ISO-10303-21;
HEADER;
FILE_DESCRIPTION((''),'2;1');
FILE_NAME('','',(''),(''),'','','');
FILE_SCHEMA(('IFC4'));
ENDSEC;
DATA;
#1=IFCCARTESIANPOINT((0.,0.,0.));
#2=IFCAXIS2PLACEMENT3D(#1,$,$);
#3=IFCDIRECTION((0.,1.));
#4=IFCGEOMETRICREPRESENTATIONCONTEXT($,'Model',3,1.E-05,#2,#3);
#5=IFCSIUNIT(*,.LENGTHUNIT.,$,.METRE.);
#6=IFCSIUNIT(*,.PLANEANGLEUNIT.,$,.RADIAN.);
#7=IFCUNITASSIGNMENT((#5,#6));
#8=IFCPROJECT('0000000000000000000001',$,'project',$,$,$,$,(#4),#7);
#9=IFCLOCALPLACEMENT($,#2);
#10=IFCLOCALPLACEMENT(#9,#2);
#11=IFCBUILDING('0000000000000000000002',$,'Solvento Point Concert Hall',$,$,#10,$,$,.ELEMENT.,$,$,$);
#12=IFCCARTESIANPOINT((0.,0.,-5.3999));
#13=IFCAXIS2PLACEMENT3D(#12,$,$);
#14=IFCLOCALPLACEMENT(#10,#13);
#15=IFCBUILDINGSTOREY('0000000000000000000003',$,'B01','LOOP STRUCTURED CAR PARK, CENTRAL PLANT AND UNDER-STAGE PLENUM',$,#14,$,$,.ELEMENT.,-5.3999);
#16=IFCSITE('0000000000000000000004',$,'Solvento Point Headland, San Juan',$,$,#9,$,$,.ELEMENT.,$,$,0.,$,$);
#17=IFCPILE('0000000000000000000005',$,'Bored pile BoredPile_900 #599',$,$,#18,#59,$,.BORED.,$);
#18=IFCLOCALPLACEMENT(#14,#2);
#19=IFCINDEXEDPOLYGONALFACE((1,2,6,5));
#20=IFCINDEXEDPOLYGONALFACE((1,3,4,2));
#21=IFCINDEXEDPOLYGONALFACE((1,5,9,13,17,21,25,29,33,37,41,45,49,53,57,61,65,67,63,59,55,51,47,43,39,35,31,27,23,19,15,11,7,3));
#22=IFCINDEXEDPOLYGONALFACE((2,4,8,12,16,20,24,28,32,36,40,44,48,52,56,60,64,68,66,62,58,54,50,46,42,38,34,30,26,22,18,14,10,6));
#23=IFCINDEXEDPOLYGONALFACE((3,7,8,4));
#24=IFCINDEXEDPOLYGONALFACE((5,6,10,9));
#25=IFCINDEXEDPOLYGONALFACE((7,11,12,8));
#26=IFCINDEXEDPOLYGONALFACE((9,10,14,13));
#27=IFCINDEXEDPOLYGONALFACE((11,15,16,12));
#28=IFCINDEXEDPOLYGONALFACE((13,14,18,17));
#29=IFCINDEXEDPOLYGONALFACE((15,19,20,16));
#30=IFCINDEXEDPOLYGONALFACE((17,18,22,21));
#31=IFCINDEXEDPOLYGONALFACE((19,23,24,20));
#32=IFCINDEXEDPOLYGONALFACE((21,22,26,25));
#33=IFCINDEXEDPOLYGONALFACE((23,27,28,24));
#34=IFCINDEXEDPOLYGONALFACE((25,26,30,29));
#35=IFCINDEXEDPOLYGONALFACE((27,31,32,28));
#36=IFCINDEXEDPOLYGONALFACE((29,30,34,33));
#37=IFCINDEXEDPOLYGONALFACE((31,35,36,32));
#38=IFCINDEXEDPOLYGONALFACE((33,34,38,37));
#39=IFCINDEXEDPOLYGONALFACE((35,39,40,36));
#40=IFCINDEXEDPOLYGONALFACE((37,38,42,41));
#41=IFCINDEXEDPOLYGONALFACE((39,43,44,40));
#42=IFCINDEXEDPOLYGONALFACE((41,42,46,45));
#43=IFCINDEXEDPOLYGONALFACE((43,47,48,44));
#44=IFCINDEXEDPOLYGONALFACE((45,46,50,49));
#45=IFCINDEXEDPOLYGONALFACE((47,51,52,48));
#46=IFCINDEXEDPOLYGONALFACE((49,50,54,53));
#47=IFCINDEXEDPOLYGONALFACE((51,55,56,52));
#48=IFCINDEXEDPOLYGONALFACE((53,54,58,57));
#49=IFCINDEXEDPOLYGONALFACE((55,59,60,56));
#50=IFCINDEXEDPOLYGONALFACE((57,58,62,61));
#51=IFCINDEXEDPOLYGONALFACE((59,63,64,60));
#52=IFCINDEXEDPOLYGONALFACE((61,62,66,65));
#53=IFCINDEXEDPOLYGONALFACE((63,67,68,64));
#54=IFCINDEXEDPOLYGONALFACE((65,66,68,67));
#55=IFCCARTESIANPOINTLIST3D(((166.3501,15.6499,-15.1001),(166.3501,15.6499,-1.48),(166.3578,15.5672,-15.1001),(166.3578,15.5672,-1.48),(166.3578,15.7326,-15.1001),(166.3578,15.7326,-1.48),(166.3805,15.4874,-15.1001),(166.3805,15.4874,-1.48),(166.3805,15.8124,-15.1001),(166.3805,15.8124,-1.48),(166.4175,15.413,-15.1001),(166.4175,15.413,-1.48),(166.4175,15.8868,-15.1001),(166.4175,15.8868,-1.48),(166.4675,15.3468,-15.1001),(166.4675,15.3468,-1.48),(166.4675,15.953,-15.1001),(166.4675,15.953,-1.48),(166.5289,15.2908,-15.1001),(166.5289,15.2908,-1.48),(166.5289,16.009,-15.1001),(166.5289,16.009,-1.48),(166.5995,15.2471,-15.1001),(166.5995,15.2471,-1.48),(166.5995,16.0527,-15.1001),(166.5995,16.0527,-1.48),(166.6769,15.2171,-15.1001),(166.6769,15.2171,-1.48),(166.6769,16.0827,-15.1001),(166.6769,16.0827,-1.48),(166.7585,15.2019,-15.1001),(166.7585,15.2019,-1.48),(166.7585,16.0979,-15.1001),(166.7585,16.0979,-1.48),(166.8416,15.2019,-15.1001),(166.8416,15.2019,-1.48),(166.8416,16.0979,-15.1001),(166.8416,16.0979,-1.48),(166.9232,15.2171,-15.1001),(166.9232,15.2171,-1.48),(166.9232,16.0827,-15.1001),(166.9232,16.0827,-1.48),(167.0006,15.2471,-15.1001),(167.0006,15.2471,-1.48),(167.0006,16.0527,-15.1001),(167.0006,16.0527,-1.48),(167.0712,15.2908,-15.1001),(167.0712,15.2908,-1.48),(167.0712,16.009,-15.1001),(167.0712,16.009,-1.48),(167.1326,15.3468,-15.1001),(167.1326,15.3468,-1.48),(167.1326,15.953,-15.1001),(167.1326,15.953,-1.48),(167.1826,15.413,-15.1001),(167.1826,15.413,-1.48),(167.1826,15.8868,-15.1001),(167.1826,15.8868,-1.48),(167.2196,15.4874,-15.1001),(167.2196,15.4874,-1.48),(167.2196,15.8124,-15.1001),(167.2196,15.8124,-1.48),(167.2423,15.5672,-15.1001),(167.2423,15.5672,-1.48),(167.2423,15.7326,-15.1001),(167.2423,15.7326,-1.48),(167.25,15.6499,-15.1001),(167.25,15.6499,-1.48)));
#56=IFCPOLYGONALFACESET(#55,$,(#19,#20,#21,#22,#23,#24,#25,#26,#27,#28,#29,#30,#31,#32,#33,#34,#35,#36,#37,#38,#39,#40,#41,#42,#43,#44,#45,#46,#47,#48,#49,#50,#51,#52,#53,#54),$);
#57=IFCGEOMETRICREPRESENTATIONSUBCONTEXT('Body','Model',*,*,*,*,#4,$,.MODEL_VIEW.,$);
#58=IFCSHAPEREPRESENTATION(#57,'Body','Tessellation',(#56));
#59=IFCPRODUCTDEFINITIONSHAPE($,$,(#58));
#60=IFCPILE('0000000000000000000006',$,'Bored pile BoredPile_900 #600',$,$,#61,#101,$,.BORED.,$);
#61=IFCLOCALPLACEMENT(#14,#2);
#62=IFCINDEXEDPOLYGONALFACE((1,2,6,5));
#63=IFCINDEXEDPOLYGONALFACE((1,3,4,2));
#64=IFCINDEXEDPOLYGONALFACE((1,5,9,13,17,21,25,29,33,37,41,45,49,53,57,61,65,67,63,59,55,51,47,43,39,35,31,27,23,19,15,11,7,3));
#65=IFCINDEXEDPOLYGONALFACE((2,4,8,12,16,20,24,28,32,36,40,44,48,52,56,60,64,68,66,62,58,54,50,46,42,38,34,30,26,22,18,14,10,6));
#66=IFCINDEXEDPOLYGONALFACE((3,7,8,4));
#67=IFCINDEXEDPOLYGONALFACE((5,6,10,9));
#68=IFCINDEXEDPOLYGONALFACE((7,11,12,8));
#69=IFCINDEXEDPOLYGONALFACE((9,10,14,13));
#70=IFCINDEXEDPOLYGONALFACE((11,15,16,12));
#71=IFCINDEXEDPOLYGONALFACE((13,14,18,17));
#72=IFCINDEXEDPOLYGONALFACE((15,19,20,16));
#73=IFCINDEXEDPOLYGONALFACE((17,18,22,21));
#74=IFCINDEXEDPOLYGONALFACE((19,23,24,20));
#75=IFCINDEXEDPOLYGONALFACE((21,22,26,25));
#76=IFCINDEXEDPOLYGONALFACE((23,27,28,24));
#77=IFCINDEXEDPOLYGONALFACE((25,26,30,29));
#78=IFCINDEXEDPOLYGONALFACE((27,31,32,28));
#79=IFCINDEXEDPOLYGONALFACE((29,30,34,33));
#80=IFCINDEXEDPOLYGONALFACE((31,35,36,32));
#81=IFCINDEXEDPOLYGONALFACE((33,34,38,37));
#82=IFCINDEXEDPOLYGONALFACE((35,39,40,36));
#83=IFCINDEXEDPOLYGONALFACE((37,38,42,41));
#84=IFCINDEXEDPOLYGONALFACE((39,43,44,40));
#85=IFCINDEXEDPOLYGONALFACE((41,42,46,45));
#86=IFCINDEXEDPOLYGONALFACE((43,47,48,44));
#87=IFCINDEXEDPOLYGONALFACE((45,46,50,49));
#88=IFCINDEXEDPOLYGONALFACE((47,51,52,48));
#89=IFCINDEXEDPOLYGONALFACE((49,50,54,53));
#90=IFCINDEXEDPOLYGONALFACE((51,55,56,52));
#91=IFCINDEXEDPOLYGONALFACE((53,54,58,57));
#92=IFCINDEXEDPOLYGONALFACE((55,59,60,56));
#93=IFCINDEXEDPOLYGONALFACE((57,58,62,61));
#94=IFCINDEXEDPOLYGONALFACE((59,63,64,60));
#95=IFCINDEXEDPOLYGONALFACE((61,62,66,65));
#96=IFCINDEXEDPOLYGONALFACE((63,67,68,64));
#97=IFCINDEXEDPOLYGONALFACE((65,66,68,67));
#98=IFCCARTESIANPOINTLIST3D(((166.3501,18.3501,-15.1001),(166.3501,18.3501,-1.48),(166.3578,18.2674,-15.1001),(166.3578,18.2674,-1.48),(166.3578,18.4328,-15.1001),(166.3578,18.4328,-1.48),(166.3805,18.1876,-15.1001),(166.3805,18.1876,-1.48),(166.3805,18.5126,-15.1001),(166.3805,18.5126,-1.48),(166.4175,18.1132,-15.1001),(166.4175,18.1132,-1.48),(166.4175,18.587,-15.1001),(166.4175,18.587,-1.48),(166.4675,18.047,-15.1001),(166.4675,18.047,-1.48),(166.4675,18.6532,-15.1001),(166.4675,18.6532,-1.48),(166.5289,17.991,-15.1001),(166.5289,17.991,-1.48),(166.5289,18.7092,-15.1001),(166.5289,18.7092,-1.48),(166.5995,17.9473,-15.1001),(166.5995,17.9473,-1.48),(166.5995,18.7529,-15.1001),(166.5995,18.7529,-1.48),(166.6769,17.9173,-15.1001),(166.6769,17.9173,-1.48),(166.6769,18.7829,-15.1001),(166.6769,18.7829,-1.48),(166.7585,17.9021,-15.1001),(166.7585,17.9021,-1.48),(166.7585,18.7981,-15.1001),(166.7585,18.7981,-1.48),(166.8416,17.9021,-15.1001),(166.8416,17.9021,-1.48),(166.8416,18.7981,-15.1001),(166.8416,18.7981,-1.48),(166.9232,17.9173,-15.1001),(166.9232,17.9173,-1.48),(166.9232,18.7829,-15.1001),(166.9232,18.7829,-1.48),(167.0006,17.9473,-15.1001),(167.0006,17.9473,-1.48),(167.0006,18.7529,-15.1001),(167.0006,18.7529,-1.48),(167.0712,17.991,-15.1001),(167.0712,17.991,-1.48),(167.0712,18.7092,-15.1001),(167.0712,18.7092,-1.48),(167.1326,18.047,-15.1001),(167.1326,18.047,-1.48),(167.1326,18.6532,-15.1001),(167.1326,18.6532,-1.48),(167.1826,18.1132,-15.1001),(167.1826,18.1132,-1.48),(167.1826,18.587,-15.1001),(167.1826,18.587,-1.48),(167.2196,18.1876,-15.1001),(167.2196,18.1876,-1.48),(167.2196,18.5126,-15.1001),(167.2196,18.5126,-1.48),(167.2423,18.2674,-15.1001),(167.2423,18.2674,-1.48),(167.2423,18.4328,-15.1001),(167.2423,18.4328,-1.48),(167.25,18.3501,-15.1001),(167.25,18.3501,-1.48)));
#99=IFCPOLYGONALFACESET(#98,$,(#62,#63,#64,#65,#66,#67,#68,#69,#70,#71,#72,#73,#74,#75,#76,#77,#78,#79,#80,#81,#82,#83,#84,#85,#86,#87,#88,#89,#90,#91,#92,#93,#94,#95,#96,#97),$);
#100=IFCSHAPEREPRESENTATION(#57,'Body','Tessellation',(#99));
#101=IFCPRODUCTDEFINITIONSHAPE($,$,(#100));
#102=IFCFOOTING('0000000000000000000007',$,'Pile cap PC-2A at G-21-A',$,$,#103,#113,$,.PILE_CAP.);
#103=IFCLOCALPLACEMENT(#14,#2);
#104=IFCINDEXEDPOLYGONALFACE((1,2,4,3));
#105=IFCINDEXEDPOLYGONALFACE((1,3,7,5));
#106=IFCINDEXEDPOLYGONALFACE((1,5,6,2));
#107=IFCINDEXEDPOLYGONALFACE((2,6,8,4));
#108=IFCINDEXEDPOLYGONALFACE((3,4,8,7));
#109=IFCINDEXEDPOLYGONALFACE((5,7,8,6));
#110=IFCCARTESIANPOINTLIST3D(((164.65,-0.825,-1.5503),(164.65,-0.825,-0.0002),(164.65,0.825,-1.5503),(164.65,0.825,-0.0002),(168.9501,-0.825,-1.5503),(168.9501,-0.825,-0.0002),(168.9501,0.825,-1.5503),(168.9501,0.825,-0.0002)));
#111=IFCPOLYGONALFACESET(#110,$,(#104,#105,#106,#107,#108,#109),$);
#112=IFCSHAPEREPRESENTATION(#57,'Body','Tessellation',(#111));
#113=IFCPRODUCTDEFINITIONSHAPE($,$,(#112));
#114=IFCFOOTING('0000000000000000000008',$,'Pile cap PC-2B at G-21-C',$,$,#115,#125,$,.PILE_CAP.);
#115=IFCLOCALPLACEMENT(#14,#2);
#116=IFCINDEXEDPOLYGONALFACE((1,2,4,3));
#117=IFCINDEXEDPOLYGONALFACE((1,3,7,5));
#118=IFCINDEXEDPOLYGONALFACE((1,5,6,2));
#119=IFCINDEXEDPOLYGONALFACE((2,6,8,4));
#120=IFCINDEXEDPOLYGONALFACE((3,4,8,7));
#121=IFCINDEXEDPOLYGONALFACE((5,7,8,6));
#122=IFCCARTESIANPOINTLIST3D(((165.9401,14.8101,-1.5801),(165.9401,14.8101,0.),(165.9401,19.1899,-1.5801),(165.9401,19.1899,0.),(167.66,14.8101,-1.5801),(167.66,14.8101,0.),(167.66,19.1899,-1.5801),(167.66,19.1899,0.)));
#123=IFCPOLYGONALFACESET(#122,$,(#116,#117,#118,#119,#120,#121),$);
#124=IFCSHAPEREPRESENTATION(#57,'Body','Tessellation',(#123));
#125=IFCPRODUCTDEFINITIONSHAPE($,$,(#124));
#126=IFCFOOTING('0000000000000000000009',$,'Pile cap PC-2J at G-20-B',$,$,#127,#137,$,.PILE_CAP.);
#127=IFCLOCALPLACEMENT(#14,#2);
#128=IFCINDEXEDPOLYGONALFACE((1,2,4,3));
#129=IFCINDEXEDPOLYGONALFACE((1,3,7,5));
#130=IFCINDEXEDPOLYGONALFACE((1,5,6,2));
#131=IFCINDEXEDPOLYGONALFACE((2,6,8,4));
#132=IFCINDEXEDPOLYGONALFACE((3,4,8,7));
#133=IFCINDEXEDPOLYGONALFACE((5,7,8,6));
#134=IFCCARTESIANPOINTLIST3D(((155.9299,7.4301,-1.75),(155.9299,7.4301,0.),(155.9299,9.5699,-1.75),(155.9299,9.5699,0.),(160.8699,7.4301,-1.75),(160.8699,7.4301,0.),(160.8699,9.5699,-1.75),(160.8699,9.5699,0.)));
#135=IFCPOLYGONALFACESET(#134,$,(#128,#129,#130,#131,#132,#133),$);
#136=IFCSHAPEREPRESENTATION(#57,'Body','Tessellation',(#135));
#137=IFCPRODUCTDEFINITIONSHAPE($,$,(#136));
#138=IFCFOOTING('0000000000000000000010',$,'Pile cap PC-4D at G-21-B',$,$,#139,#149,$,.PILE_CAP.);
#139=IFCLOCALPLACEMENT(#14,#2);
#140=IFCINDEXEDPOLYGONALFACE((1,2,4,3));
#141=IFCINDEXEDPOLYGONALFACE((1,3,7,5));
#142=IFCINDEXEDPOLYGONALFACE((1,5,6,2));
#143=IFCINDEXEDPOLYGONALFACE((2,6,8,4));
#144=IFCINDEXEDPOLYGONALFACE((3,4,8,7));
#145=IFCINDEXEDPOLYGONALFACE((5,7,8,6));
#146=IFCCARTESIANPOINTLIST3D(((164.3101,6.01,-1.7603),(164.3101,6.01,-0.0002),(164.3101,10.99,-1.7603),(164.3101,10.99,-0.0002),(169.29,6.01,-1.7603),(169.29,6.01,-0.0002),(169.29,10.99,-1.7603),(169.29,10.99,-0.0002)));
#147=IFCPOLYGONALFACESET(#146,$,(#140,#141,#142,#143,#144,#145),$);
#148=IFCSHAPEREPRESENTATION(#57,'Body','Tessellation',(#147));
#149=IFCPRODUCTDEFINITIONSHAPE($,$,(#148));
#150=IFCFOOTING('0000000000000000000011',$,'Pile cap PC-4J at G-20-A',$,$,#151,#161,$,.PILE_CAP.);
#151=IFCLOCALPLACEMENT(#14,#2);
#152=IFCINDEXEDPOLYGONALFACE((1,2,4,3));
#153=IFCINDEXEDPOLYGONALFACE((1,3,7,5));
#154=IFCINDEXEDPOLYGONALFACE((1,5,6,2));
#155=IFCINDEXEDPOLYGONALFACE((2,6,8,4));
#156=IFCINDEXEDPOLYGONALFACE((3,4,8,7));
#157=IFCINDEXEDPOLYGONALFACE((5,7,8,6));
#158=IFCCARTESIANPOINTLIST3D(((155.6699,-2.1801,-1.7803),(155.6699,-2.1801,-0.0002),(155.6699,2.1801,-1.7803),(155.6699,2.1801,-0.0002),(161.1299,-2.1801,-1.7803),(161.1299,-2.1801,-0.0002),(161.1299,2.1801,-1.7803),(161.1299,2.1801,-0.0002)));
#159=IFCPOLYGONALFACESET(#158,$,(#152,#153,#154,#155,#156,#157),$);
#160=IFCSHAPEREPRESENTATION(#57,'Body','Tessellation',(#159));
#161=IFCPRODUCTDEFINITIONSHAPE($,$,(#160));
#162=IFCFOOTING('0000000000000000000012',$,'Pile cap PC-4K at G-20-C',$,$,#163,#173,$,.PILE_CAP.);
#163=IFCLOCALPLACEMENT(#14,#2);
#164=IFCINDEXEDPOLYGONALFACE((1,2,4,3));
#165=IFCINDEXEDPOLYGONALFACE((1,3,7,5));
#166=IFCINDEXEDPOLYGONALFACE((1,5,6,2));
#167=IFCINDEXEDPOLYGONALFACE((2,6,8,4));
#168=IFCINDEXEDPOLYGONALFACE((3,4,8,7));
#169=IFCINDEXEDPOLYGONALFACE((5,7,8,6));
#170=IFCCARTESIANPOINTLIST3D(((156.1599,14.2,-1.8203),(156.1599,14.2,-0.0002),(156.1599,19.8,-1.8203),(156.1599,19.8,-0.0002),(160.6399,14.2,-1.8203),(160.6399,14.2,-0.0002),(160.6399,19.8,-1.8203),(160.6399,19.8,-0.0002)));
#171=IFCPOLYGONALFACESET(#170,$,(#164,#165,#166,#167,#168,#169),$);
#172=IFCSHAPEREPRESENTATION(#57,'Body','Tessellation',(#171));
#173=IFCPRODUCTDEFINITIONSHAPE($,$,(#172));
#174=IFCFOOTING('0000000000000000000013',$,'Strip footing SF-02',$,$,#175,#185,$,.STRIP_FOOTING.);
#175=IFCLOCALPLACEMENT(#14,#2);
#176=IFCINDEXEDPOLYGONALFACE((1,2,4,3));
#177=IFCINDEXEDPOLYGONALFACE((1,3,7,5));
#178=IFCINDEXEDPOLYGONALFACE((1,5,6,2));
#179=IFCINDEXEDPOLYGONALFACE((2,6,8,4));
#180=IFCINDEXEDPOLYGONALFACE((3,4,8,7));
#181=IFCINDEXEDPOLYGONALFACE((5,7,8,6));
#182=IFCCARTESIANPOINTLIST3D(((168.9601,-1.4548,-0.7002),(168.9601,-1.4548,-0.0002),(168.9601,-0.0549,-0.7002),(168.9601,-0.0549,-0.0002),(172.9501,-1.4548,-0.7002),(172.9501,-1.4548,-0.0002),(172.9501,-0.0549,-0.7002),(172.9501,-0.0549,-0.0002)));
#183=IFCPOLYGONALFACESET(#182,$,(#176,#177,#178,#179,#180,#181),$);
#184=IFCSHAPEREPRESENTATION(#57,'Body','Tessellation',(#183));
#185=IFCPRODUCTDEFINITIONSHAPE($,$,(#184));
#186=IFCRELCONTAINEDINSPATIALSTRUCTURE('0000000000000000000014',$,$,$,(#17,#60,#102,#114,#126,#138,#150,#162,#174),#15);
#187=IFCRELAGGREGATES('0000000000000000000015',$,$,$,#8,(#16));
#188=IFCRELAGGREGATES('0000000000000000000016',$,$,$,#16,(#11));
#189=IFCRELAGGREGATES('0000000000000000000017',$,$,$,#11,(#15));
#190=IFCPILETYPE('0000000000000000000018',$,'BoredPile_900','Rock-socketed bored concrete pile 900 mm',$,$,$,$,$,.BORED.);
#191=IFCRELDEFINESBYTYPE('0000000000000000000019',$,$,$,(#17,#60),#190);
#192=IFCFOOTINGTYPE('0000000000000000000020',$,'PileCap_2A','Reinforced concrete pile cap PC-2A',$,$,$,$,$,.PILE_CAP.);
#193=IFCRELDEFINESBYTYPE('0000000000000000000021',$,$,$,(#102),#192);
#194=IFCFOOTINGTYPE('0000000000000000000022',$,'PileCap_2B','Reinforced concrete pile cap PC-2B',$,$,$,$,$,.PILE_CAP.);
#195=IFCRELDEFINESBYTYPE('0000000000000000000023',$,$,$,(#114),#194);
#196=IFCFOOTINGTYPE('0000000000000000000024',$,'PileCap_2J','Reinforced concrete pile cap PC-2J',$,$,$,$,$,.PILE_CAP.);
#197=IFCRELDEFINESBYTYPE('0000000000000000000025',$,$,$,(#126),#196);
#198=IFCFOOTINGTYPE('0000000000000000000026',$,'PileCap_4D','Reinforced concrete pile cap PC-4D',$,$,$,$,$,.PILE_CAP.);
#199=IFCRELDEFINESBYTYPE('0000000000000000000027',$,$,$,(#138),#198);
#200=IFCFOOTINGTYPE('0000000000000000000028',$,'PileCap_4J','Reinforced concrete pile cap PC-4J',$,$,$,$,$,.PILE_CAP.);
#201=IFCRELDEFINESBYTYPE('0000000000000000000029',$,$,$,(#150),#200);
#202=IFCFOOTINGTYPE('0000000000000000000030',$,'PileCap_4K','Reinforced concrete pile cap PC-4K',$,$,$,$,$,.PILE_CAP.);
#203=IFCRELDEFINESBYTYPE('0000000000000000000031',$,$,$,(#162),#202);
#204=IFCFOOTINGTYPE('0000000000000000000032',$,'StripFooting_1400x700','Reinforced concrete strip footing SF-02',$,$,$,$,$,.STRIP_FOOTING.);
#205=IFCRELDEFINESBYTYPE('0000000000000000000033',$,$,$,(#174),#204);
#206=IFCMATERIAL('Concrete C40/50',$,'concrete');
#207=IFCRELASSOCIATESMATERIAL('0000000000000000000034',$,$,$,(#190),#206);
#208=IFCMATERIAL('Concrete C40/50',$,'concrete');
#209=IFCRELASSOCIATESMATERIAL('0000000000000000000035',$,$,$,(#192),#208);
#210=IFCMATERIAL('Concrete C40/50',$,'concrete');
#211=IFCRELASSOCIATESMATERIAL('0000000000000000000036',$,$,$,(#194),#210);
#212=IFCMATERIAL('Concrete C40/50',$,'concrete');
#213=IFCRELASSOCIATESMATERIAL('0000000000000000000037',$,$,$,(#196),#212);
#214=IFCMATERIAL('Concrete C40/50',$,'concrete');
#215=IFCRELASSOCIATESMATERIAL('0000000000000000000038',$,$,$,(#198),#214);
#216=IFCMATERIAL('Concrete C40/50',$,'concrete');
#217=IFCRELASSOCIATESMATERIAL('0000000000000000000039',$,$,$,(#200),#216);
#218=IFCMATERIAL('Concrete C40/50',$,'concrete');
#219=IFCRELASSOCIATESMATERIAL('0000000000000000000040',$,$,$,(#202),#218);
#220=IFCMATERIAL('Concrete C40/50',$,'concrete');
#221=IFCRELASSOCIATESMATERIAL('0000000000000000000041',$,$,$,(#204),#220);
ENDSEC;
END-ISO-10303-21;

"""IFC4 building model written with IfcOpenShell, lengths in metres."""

from ifc_helpers import new_model, si_unit, direction, frame, origin, origin_2d, place, context, subcontext, project, spatial, rectangle, circle, extrude, material, material_profile, profile_set, type_object, element, save


model = new_model("IFC4")

# Units and contexts
model_context = context("Model", 3, precision=1e-05, world=origin(), true_north=direction((0.0, 1.0)))
body_context = subcontext(model_context, "Body", "Model", "MODEL_VIEW")
ifc_project = project(units=[si_unit("LENGTHUNIT", "METRE"), si_unit("PLANEANGLEUNIT", "RADIAN")], contexts=[model_context])

# Site, building, storey
site_placement = place(None, origin())
site = spatial("IfcSite", under=ifc_project, at=site_placement, Name="Solvento Point Headland, San Juan", CompositionType="ELEMENT", RefElevation=0.0)
building_placement = place(site_placement, origin())
building = spatial("IfcBuilding", under=site, at=building_placement, Name="Solvento Point Concert Hall", CompositionType="ELEMENT")
storey_placement = place(building_placement, frame((0.0, 0.0, -5.3999)))
storey = spatial("IfcBuildingStorey", under=building, at=storey_placement, Name="B01", Description="LOOP STRUCTURED CAR PARK, CENTRAL PLANT AND UNDER-STAGE PLENUM", CompositionType="ELEMENT", Elevation=-5.3999)

# Piles
ifc_material_1 = material(Name="Concrete C40/50", Category="concrete")
ifc_material_profile_1 = material_profile(ifc_material_1, circle(Radius=0.45, at=origin_2d()), Name="BP-900")
ifc_profile_set_1 = profile_set([ifc_material_profile_1], Name="Concrete C40/50")
pile_type_1 = type_object("IfcPileType", Name="BoredPile_900", Description="Rock-socketed bored concrete pile 900 mm", PredefinedType="BORED", material=ifc_profile_set_1)
for number, where, z_axis, x_axis, name in (
    (1, (166.8, 15.6499, -1.48), (0.0, 0.0, -1.0), (1.0, 0.0, 0.0), "Bored pile BoredPile_900 #599"),
    (2, (166.8, 18.3501, -1.48), (0.0, 0.0, -1.0), (1.0, 0.0, 0.0), "Bored pile BoredPile_900 #600"),
):
    element("IfcPile", number, at=place(storey_placement, frame(where, z_axis=z_axis, x_axis=x_axis)), inside=storey, type_object=pile_type_1, Name=name, PredefinedType="BORED", context=body_context, shape_type="SweptSolid", body=[
        extrude(circle(Radius=0.45, at=origin_2d()), origin(), (0.0, 0.0, 1.0), 13.6201),
    ])

# Footings
ifc_material_2 = material(Name="Concrete C40/50", Category="concrete")
footing_type_1 = type_object("IfcFootingType", Name="PileCap_2A", Description="Reinforced concrete pile cap PC-2A", PredefinedType="PILE_CAP", material=ifc_material_2)
footing_1_placement = place(storey_placement, frame((166.8, 0.0, -1.5503), z_axis=(0.0, 0.0, 1.0), x_axis=(1.0, 0.0, 0.0)))
element("IfcFooting", 3, at=footing_1_placement, inside=storey, type_object=footing_type_1, Name="Pile cap PC-2A at G-21-A", PredefinedType="PILE_CAP", context=body_context, shape_type="SweptSolid", body=[
    extrude(rectangle(XDim=4.3, YDim=1.6499, at=origin_2d()), origin(), (0.0, 0.0, 1.0), 1.55),
])
ifc_material_3 = material(Name="Concrete C40/50", Category="concrete")
footing_type_2 = type_object("IfcFootingType", Name="PileCap_2B", Description="Reinforced concrete pile cap PC-2B", PredefinedType="PILE_CAP", material=ifc_material_3)
footing_2_placement = place(storey_placement, frame((166.8, 17.0, -1.5801), z_axis=(0.0, 0.0, 1.0), x_axis=(1.0, 0.0, 0.0)))
element("IfcFooting", 4, at=footing_2_placement, inside=storey, type_object=footing_type_2, Name="Pile cap PC-2B at G-21-C", PredefinedType="PILE_CAP", context=body_context, shape_type="SweptSolid", body=[
    extrude(rectangle(XDim=1.72, YDim=4.3799, at=origin_2d()), origin(), (0.0, 0.0, 1.0), 1.5801),
])
ifc_material_4 = material(Name="Concrete C40/50", Category="concrete")
footing_type_3 = type_object("IfcFootingType", Name="PileCap_2J", Description="Reinforced concrete pile cap PC-2J", PredefinedType="PILE_CAP", material=ifc_material_4)
footing_3_placement = place(storey_placement, frame((158.3999, 8.5, -1.75), z_axis=(0.0, 0.0, 1.0), x_axis=(1.0, 0.0, 0.0)))
element("IfcFooting", 5, at=footing_3_placement, inside=storey, type_object=footing_type_3, Name="Pile cap PC-2J at G-20-B", PredefinedType="PILE_CAP", context=body_context, shape_type="SweptSolid", body=[
    extrude(rectangle(XDim=4.9399, YDim=2.1399, at=origin_2d()), origin(), (0.0, 0.0, 1.0), 1.75),
])
ifc_material_5 = material(Name="Concrete C40/50", Category="concrete")
footing_type_4 = type_object("IfcFootingType", Name="PileCap_4D", Description="Reinforced concrete pile cap PC-4D", PredefinedType="PILE_CAP", material=ifc_material_5)
footing_4_placement = place(storey_placement, frame((166.8, 8.5, -1.7603), z_axis=(0.0, 0.0, 1.0), x_axis=(1.0, 0.0, 0.0)))
element("IfcFooting", 6, at=footing_4_placement, inside=storey, type_object=footing_type_4, Name="Pile cap PC-4D at G-21-B", PredefinedType="PILE_CAP", context=body_context, shape_type="SweptSolid", body=[
    extrude(rectangle(XDim=4.98, YDim=4.98, at=origin_2d()), origin(), (0.0, 0.0, 1.0), 1.76),
])
ifc_material_6 = material(Name="Concrete C40/50", Category="concrete")
footing_type_5 = type_object("IfcFootingType", Name="PileCap_4J", Description="Reinforced concrete pile cap PC-4J", PredefinedType="PILE_CAP", material=ifc_material_6)
footing_5_placement = place(storey_placement, frame((158.3999, 0.0, -1.7803), z_axis=(0.0, 0.0, 1.0), x_axis=(1.0, 0.0, 0.0)))
element("IfcFooting", 7, at=footing_5_placement, inside=storey, type_object=footing_type_5, Name="Pile cap PC-4J at G-20-A", PredefinedType="PILE_CAP", context=body_context, shape_type="SweptSolid", body=[
    extrude(rectangle(XDim=5.46, YDim=4.3601, at=origin_2d()), origin(), (0.0, 0.0, 1.0), 1.78),
])
ifc_material_7 = material(Name="Concrete C40/50", Category="concrete")
footing_type_6 = type_object("IfcFootingType", Name="PileCap_4K", Description="Reinforced concrete pile cap PC-4K", PredefinedType="PILE_CAP", material=ifc_material_7)
footing_6_placement = place(storey_placement, frame((158.3999, 17.0, -1.8203), z_axis=(0.0, 0.0, 1.0), x_axis=(1.0, 0.0, 0.0)))
element("IfcFooting", 8, at=footing_6_placement, inside=storey, type_object=footing_type_6, Name="Pile cap PC-4K at G-20-C", PredefinedType="PILE_CAP", context=body_context, shape_type="SweptSolid", body=[
    extrude(rectangle(XDim=4.48, YDim=5.6001, at=origin_2d()), origin(), (0.0, 0.0, 1.0), 1.8201),
])
ifc_material_8 = material(Name="Concrete C40/50", Category="concrete")
footing_type_7 = type_object("IfcFootingType", Name="StripFooting_1400x700", Description="Reinforced concrete strip footing SF-02", PredefinedType="STRIP_FOOTING", material=ifc_material_8)
footing_7_placement = place(storey_placement, frame((170.9551, -0.7549, -0.7002), z_axis=(0.0, 0.0, 1.0), x_axis=(-1.0, 0.0, 0.0)))
element("IfcFooting", 9, at=footing_7_placement, inside=storey, type_object=footing_type_7, Name="Strip footing SF-02", PredefinedType="STRIP_FOOTING", context=body_context, shape_type="SweptSolid", body=[
    extrude(rectangle(XDim=3.99, YDim=1.3999, at=origin_2d()), origin(), (0.0, 0.0, 1.0), 0.7),
])

save(model, "model.ifc")
